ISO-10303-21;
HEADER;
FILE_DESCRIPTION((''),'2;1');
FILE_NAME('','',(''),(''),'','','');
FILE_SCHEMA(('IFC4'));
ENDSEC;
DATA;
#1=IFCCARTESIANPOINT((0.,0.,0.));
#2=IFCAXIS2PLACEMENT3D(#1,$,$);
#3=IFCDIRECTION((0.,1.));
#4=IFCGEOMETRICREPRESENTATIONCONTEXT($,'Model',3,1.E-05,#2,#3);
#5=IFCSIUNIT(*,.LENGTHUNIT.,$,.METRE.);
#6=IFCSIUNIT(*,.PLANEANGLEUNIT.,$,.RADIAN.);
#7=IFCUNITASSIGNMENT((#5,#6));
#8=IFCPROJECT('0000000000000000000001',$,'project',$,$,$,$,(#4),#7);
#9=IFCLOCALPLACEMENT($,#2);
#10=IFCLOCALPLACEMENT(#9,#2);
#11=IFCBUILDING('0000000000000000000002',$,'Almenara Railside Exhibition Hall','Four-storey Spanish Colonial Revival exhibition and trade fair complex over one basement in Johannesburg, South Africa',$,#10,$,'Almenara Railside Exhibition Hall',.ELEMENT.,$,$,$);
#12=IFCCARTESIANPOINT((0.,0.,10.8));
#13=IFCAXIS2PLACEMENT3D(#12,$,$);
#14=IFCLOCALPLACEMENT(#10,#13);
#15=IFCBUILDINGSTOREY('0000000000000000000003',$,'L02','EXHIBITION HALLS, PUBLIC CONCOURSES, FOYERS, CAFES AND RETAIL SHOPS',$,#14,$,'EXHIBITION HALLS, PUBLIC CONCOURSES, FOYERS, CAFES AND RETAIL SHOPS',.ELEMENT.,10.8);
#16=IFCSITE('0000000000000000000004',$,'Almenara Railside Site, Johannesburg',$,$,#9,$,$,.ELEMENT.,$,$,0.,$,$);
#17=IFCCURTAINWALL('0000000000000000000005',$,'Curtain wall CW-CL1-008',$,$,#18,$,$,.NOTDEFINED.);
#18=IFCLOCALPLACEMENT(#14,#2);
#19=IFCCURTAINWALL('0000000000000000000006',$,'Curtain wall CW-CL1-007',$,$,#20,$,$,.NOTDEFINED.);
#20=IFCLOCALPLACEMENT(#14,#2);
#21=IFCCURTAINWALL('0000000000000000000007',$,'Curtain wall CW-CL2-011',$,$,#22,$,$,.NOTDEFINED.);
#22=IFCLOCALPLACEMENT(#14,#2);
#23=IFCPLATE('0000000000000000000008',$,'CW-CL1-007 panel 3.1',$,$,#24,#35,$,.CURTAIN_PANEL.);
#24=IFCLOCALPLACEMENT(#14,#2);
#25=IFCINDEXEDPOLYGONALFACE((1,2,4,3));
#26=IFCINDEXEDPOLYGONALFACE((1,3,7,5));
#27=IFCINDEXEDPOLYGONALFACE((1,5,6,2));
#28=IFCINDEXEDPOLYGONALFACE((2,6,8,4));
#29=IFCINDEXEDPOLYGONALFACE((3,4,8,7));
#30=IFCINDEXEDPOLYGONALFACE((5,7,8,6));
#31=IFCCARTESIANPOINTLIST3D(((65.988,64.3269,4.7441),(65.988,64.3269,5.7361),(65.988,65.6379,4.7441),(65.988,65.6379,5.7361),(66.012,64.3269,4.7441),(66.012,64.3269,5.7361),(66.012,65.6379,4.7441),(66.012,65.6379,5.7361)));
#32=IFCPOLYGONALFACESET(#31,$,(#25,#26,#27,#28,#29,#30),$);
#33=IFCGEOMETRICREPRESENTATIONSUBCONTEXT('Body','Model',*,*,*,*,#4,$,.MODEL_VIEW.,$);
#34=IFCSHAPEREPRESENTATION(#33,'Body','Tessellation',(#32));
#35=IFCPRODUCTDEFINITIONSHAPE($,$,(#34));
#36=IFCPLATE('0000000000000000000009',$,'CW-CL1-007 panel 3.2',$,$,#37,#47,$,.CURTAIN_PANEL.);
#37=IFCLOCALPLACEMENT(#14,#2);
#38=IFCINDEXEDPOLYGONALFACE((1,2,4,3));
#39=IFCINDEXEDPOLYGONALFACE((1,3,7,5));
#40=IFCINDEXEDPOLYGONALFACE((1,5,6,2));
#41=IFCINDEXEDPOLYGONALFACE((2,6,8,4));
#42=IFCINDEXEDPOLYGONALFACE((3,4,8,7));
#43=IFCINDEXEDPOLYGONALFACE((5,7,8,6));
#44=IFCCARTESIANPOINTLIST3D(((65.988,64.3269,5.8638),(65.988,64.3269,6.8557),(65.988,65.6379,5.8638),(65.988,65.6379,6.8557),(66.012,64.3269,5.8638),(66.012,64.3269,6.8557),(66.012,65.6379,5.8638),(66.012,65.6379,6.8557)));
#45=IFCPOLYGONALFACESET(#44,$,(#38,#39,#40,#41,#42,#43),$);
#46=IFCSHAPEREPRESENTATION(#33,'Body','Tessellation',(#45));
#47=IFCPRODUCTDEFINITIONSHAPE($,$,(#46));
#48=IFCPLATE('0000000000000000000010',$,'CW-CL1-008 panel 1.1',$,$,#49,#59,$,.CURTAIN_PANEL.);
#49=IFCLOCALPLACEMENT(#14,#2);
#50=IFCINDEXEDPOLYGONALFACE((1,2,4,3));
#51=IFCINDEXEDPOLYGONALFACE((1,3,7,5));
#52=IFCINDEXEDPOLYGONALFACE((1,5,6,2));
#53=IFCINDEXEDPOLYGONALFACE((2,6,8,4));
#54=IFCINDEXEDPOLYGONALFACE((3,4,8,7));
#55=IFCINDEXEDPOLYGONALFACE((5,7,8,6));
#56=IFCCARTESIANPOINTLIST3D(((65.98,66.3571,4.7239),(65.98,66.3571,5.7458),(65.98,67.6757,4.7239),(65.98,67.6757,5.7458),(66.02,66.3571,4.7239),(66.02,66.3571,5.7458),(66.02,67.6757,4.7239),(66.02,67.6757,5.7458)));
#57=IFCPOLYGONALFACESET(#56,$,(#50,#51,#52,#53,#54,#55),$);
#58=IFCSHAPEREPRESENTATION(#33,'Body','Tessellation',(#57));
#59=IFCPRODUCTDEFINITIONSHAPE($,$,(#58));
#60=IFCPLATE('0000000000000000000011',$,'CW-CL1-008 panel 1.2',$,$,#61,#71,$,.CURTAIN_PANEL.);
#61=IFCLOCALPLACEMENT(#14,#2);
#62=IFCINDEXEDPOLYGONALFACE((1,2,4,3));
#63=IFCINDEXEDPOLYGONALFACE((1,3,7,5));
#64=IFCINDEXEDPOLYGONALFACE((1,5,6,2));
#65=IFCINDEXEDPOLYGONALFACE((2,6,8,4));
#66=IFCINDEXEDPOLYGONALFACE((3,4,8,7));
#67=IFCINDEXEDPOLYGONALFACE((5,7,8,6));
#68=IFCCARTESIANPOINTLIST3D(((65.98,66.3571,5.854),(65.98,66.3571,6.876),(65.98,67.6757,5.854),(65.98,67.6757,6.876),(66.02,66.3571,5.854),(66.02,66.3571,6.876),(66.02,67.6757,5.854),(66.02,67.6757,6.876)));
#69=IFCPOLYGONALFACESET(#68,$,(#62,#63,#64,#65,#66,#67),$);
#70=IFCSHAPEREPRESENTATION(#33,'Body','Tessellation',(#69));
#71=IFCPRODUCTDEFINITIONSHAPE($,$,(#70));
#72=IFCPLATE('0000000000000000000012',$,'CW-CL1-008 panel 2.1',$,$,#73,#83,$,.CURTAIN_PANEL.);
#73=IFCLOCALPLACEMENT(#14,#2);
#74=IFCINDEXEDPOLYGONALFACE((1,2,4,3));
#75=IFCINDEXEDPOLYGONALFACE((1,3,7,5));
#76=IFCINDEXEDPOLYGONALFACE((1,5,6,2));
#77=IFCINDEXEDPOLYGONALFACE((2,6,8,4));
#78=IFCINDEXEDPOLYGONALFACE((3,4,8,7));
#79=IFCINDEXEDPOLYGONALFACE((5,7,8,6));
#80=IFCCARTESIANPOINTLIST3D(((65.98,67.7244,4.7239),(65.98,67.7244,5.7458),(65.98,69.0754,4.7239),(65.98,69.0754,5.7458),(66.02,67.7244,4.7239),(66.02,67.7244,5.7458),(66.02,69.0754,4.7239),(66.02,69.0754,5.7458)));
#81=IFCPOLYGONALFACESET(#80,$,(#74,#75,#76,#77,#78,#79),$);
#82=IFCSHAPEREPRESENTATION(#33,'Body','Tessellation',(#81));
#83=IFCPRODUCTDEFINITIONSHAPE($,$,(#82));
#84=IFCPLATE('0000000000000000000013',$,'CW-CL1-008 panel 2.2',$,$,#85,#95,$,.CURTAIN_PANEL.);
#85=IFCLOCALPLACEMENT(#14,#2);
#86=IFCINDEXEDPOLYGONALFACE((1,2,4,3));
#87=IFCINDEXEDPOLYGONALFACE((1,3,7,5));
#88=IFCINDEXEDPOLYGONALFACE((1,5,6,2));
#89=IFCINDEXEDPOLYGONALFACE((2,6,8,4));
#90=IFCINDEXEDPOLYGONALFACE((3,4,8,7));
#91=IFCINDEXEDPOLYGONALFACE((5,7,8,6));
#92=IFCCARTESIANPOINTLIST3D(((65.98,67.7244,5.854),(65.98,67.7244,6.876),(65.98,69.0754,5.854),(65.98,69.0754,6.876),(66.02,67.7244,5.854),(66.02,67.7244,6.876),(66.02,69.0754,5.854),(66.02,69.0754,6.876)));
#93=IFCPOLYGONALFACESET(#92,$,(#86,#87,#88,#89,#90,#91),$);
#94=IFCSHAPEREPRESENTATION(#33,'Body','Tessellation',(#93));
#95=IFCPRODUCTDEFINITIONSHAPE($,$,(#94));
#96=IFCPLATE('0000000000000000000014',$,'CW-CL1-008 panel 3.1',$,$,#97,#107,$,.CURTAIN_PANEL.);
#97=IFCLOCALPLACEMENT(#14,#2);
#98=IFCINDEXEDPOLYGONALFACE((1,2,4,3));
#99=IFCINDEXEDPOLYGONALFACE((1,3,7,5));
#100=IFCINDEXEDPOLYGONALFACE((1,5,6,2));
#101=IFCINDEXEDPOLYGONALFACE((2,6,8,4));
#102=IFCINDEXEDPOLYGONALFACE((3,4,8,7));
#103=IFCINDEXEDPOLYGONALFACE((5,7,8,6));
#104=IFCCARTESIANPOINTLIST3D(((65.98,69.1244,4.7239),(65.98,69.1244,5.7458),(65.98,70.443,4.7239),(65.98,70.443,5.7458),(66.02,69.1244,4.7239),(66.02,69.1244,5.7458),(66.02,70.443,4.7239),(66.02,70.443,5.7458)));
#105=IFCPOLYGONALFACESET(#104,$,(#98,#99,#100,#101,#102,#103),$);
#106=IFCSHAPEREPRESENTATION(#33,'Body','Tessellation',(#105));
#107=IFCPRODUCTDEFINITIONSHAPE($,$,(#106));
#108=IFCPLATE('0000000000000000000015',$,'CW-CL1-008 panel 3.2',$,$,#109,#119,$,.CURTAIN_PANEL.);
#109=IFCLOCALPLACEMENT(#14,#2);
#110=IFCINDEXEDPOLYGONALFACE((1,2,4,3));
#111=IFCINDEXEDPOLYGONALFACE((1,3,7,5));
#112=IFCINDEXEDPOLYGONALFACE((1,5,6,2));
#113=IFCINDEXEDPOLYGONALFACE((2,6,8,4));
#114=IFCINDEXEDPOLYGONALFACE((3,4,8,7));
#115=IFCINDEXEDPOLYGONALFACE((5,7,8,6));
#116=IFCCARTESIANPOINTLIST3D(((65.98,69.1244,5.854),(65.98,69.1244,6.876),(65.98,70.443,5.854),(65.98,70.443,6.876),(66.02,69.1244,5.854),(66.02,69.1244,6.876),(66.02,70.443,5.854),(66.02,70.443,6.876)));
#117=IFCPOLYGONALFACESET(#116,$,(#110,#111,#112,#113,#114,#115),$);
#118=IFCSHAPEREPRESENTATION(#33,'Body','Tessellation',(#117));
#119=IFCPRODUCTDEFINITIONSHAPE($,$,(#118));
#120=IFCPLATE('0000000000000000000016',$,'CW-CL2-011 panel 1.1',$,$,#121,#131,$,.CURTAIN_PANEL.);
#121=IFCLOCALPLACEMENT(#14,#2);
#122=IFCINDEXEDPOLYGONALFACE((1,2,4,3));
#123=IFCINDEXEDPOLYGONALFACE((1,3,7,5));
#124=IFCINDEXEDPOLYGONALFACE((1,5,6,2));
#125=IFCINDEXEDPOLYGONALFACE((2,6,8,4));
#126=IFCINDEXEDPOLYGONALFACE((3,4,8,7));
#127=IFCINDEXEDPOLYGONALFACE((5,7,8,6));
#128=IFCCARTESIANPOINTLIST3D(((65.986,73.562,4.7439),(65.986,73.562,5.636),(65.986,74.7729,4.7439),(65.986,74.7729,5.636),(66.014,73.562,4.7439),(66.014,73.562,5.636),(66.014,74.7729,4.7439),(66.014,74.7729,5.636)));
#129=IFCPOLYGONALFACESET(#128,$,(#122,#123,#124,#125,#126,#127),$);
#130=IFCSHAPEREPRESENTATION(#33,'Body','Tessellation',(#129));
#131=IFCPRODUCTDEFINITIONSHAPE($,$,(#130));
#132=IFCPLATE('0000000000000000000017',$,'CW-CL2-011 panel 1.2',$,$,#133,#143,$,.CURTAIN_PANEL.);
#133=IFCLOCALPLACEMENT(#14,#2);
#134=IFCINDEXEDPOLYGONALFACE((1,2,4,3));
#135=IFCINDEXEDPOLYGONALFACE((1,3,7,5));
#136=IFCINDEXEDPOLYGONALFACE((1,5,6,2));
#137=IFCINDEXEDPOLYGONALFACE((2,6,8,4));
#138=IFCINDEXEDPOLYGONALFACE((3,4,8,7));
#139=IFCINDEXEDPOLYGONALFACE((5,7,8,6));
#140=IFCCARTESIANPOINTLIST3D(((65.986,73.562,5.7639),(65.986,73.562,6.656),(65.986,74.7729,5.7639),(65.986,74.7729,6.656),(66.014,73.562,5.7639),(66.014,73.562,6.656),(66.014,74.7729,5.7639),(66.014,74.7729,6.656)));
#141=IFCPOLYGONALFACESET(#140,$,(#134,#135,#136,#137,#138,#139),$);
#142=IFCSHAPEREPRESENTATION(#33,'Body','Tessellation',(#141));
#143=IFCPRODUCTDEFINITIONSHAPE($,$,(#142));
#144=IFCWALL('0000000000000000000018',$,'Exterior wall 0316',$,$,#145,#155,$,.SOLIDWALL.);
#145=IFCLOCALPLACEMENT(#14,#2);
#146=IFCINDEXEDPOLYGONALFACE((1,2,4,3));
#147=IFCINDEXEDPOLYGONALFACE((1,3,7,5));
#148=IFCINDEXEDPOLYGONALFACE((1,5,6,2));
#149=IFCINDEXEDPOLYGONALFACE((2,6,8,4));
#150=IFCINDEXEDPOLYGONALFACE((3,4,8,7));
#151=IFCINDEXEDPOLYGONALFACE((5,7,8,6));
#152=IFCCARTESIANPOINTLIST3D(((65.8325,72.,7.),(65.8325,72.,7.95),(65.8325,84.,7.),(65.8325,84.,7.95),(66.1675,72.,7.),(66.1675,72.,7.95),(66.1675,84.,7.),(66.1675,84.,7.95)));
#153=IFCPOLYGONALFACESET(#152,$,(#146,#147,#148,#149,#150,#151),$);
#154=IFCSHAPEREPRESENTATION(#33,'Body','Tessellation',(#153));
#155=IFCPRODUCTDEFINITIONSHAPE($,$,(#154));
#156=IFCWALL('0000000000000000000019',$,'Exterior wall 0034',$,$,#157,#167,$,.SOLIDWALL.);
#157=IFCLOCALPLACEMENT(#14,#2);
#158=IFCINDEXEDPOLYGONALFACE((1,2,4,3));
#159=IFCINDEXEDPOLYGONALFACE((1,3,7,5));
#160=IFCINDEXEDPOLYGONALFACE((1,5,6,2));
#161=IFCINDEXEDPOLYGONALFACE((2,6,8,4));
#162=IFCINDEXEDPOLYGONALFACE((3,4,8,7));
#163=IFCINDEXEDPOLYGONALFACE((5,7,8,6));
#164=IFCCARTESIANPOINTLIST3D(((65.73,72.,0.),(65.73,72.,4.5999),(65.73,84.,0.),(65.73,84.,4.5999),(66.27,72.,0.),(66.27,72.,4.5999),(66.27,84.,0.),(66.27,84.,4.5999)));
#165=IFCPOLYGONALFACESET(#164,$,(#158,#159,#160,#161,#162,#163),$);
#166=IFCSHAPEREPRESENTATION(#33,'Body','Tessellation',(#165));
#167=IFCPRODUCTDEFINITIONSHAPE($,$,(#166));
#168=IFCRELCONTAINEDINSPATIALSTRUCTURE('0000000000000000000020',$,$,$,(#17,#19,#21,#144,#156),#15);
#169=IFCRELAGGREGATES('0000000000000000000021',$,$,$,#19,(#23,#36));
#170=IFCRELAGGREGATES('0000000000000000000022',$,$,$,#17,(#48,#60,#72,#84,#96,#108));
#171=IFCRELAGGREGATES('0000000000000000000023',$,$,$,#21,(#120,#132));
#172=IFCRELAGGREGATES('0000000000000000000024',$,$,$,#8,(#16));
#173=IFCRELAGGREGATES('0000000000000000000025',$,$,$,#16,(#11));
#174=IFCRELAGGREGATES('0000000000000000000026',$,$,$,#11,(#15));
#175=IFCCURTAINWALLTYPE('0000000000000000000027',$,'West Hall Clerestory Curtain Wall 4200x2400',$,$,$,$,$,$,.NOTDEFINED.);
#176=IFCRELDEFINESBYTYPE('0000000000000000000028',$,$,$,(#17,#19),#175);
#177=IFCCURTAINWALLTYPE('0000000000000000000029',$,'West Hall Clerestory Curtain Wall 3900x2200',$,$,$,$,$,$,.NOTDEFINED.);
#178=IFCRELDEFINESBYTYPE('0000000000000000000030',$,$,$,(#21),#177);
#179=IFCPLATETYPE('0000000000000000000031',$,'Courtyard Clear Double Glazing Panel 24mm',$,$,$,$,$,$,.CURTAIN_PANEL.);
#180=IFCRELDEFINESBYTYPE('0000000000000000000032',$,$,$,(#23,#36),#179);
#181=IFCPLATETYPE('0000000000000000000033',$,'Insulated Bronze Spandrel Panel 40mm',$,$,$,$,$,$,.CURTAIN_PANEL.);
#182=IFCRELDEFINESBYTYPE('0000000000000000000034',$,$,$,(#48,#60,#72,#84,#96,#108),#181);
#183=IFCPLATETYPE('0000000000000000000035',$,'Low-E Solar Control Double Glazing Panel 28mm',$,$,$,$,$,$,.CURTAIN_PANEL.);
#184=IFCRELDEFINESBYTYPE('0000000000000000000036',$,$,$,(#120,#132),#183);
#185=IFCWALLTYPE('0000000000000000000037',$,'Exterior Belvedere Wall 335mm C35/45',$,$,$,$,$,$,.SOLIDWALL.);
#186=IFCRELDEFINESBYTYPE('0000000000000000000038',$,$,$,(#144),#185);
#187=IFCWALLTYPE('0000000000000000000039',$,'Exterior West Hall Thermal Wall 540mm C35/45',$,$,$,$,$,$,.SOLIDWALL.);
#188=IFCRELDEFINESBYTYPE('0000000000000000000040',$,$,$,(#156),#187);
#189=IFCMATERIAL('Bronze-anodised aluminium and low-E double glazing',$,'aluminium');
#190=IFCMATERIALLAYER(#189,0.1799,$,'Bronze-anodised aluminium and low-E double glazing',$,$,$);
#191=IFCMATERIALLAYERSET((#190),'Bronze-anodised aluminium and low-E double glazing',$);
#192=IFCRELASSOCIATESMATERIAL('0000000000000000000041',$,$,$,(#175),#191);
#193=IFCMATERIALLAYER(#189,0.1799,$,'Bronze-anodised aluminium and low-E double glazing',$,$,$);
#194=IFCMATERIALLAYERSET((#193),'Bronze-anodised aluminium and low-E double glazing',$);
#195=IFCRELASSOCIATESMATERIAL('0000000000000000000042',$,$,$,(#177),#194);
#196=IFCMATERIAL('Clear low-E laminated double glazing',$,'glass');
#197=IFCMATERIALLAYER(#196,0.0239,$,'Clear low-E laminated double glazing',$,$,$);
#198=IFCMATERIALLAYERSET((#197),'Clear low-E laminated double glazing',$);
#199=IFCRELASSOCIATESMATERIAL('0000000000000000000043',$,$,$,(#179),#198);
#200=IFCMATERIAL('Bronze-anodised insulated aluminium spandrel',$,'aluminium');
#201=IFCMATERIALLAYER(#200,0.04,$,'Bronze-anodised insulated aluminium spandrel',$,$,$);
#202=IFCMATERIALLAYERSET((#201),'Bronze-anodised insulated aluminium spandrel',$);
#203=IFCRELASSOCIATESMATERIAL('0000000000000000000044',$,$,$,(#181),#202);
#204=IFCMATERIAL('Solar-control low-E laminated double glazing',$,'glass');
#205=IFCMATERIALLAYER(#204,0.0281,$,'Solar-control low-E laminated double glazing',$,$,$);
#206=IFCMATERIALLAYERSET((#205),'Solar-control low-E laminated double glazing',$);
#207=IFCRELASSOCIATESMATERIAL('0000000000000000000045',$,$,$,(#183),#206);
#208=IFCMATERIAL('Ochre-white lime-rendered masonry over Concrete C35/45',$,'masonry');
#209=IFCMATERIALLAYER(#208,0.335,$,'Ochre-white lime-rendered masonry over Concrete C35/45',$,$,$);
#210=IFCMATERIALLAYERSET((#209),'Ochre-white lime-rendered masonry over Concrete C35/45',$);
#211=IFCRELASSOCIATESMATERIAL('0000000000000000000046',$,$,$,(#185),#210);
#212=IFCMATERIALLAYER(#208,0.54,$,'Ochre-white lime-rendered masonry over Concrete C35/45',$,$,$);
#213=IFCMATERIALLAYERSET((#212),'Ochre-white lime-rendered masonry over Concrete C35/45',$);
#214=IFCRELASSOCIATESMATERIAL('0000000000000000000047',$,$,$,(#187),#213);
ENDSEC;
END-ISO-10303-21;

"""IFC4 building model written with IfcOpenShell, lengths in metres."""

from ifc_helpers import new_model, si_unit, direction, frame, frame_2d, origin, origin_2d, place, context, subcontext, project, spatial, rectangle, extrude, material, layer, layer_set, type_object, element, aggregate, save


model = new_model("IFC4")

# Units and contexts
model_context = context("Model", 3, precision=1e-05, world=origin(), true_north=direction((0.0, 1.0)))
body_context = subcontext(model_context, "Body", "Model", "MODEL_VIEW")
ifc_project = project(units=[si_unit("LENGTHUNIT", "METRE"), si_unit("PLANEANGLEUNIT", "RADIAN")], contexts=[model_context])

# Site, building, storey
site_placement = place(None, origin())
site = spatial("IfcSite", under=ifc_project, at=site_placement, Name="Almenara Railside Site, Johannesburg", CompositionType="ELEMENT", RefElevation=0.0)
building_placement = place(site_placement, origin())
building = spatial("IfcBuilding", under=site, at=building_placement, Name="Almenara Railside Exhibition Hall", Description="Four-storey Spanish Colonial Revival exhibition and trade fair complex over one basement in Johannesburg, South Africa", LongName="Almenara Railside Exhibition Hall", CompositionType="ELEMENT")
storey_placement = place(building_placement, frame((0.0, 0.0, 10.8)))
storey = spatial("IfcBuildingStorey", under=building, at=storey_placement, Name="L02", Description="EXHIBITION HALLS, PUBLIC CONCOURSES, FOYERS, CAFES AND RETAIL SHOPS", LongName="EXHIBITION HALLS, PUBLIC CONCOURSES, FOYERS, CAFES AND RETAIL SHOPS", CompositionType="ELEMENT", Elevation=10.8)

# Curtain walls
ifc_material_1 = material(Name="Bronze-anodised aluminium and low-E double glazing", Category="aluminium")
ifc_layer_1 = layer(ifc_material_1, 0.1799, Name="Bronze-anodised aluminium and low-E double glazing")
ifc_layer_set_1 = layer_set([ifc_layer_1], Name="Bronze-anodised aluminium and low-E double glazing")
curtain_wall_type_1 = type_object("IfcCurtainWallType", Name="West Hall Clerestory Curtain Wall 4200x2400", PredefinedType="NOTDEFINED", material=ifc_layer_set_1)
curtain_wall_1_placement = place(storey_placement, origin())
curtain_wall_1 = element("IfcCurtainWall", 1, at=curtain_wall_1_placement, inside=storey, type_object=curtain_wall_type_1, Name="Curtain wall CW-CL1-008", PredefinedType="NOTDEFINED")
curtain_wall_2_placement = place(storey_placement, origin())
curtain_wall_2 = element("IfcCurtainWall", 2, at=curtain_wall_2_placement, inside=storey, type_object=curtain_wall_type_1, Name="Curtain wall CW-CL1-007", PredefinedType="NOTDEFINED")
ifc_layer_2 = layer(ifc_material_1, 0.1799, Name="Bronze-anodised aluminium and low-E double glazing")
ifc_layer_set_2 = layer_set([ifc_layer_2], Name="Bronze-anodised aluminium and low-E double glazing")
curtain_wall_type_2 = type_object("IfcCurtainWallType", Name="West Hall Clerestory Curtain Wall 3900x2200", PredefinedType="NOTDEFINED", material=ifc_layer_set_2)
curtain_wall_3_placement = place(storey_placement, origin())
curtain_wall_3 = element("IfcCurtainWall", 3, at=curtain_wall_3_placement, inside=storey, type_object=curtain_wall_type_2, Name="Curtain wall CW-CL2-011", PredefinedType="NOTDEFINED")

# Plates
ifc_material_2 = material(Name="Clear low-E laminated double glazing", Category="glass")
ifc_layer_3 = layer(ifc_material_2, 0.0239, Name="Clear low-E laminated double glazing")
ifc_layer_set_3 = layer_set([ifc_layer_3], Name="Clear low-E laminated double glazing")
plate_type_1 = type_object("IfcPlateType", Name="Courtyard Clear Double Glazing Panel 24mm", PredefinedType="CURTAIN_PANEL", material=ifc_layer_set_3)
plate_1_placement = place(storey_placement, frame((66.0, 64.9824, 4.7441), z_axis=(0.0, 0.0, 1.0), x_axis=(0.0, 1.0, 0.0)))
plate_1 = element("IfcPlate", 4, at=plate_1_placement, type_object=plate_type_1, Name="CW-CL1-007 panel 3.1", PredefinedType="CURTAIN_PANEL", context=body_context, shape_type="SweptSolid", body=[
    extrude(rectangle(XDim=1.311, YDim=0.0239, at=origin_2d()), origin(), (0.0, 0.0, 1.0), 0.9919),
])
plate_2_placement = place(storey_placement, frame((66.0, 64.9824, 5.8638), z_axis=(0.0, 0.0, 1.0), x_axis=(0.0, 1.0, 0.0)))
plate_2 = element("IfcPlate", 5, at=plate_2_placement, type_object=plate_type_1, Name="CW-CL1-007 panel 3.2", PredefinedType="CURTAIN_PANEL", context=body_context, shape_type="SweptSolid", body=[
    extrude(rectangle(XDim=1.311, YDim=0.0239, at=origin_2d()), origin(), (0.0, 0.0, 1.0), 0.9919),
])
aggregate(curtain_wall_2, [plate_1, plate_2])
ifc_material_3 = material(Name="Bronze-anodised insulated aluminium spandrel", Category="aluminium")
ifc_layer_4 = layer(ifc_material_3, 0.04, Name="Bronze-anodised insulated aluminium spandrel")
ifc_layer_set_4 = layer_set([ifc_layer_4], Name="Bronze-anodised insulated aluminium spandrel")
plate_type_2 = type_object("IfcPlateType", Name="Insulated Bronze Spandrel Panel 40mm", PredefinedType="CURTAIN_PANEL", material=ifc_layer_set_4)
plate_3_placement = place(storey_placement, frame((66.0, 67.0164, 4.7239), z_axis=(0.0, 0.0, 1.0), x_axis=(0.0, 1.0, 0.0)))
plate_3 = element("IfcPlate", 6, at=plate_3_placement, type_object=plate_type_2, Name="CW-CL1-008 panel 1.1", PredefinedType="CURTAIN_PANEL", context=body_context, shape_type="SweptSolid", body=[
    extrude(rectangle(XDim=1.3186, YDim=0.04, at=origin_2d()), origin(), (0.0, 0.0, 1.0), 1.022),
])
plate_4_placement = place(storey_placement, frame((66.0, 67.0164, 5.854), z_axis=(0.0, 0.0, 1.0), x_axis=(0.0, 1.0, 0.0)))
plate_4 = element("IfcPlate", 7, at=plate_4_placement, type_object=plate_type_2, Name="CW-CL1-008 panel 1.2", PredefinedType="CURTAIN_PANEL", context=body_context, shape_type="SweptSolid", body=[
    extrude(rectangle(XDim=1.3186, YDim=0.04, at=origin_2d()), origin(), (0.0, 0.0, 1.0), 1.022),
])
plate_5_placement = place(storey_placement, frame((66.0, 68.3999, 4.7239), z_axis=(0.0, 0.0, 1.0), x_axis=(0.0, 1.0, 0.0)))
plate_5 = element("IfcPlate", 8, at=plate_5_placement, type_object=plate_type_2, Name="CW-CL1-008 panel 2.1", PredefinedType="CURTAIN_PANEL", context=body_context, shape_type="SweptSolid", body=[
    extrude(rectangle(XDim=1.3511, YDim=0.04, at=origin_2d()), origin(), (0.0, 0.0, 1.0), 1.022),
])
plate_6_placement = place(storey_placement, frame((66.0, 68.3999, 5.854), z_axis=(0.0, 0.0, 1.0), x_axis=(0.0, 1.0, 0.0)))
plate_6 = element("IfcPlate", 9, at=plate_6_placement, type_object=plate_type_2, Name="CW-CL1-008 panel 2.2", PredefinedType="CURTAIN_PANEL", context=body_context, shape_type="SweptSolid", body=[
    extrude(rectangle(XDim=1.3511, YDim=0.04, at=origin_2d()), origin(), (0.0, 0.0, 1.0), 1.022),
])
plate_7_placement = place(storey_placement, frame((66.0, 69.7837, 4.7239), z_axis=(0.0, 0.0, 1.0), x_axis=(0.0, 1.0, 0.0)))
plate_7 = element("IfcPlate", 10, at=plate_7_placement, type_object=plate_type_2, Name="CW-CL1-008 panel 3.1", PredefinedType="CURTAIN_PANEL", context=body_context, shape_type="SweptSolid", body=[
    extrude(rectangle(XDim=1.3186, YDim=0.04, at=origin_2d()), origin(), (0.0, 0.0, 1.0), 1.022),
])
plate_8_placement = place(storey_placement, frame((66.0, 69.7837, 5.854), z_axis=(0.0, 0.0, 1.0), x_axis=(0.0, 1.0, 0.0)))
plate_8 = element("IfcPlate", 11, at=plate_8_placement, type_object=plate_type_2, Name="CW-CL1-008 panel 3.2", PredefinedType="CURTAIN_PANEL", context=body_context, shape_type="SweptSolid", body=[
    extrude(rectangle(XDim=1.3186, YDim=0.04, at=origin_2d()), origin(), (0.0, 0.0, 1.0), 1.022),
])
aggregate(curtain_wall_1, [plate_3, plate_4, plate_5, plate_6, plate_7, plate_8])
ifc_material_4 = material(Name="Solar-control low-E laminated double glazing", Category="glass")
ifc_layer_5 = layer(ifc_material_4, 0.0281, Name="Solar-control low-E laminated double glazing")
ifc_layer_set_5 = layer_set([ifc_layer_5], Name="Solar-control low-E laminated double glazing")
plate_type_3 = type_object("IfcPlateType", Name="Low-E Solar Control Double Glazing Panel 28mm", PredefinedType="CURTAIN_PANEL", material=ifc_layer_set_5)
plate_9_placement = place(storey_placement, frame((66.0, 74.1675, 4.7439), z_axis=(0.0, 0.0, 1.0), x_axis=(0.0, 1.0, 0.0)))
plate_9 = element("IfcPlate", 12, at=plate_9_placement, type_object=plate_type_3, Name="CW-CL2-011 panel 1.1", PredefinedType="CURTAIN_PANEL", context=body_context, shape_type="SweptSolid", body=[
    extrude(rectangle(XDim=1.2109, YDim=0.0281, at=origin_2d()), origin(), (0.0, 0.0, 1.0), 0.8921),
])
plate_10_placement = place(storey_placement, frame((66.0, 74.1675, 5.7639), z_axis=(0.0, 0.0, 1.0), x_axis=(0.0, 1.0, 0.0)))
plate_10 = element("IfcPlate", 13, at=plate_10_placement, type_object=plate_type_3, Name="CW-CL2-011 panel 1.2", PredefinedType="CURTAIN_PANEL", context=body_context, shape_type="SweptSolid", body=[
    extrude(rectangle(XDim=1.2109, YDim=0.0281, at=origin_2d()), origin(), (0.0, 0.0, 1.0), 0.8921),
])
aggregate(curtain_wall_3, [plate_9, plate_10])

# Walls
ifc_material_5 = material(Name="Ochre-white lime-rendered masonry over Concrete C35/45", Category="masonry")
ifc_layer_6 = layer(ifc_material_5, 0.335, Name="Ochre-white lime-rendered masonry over Concrete C35/45")
ifc_layer_set_6 = layer_set([ifc_layer_6], Name="Ochre-white lime-rendered masonry over Concrete C35/45")
wall_type_1 = type_object("IfcWallType", Name="Exterior Belvedere Wall 335mm C35/45", PredefinedType="SOLIDWALL", material=ifc_layer_set_6)
wall_1_placement = place(storey_placement, frame((66.0, 72.0, 7.0), z_axis=(0.0, 0.0, 1.0), x_axis=(0.0, 1.0, 0.0)))
element("IfcWall", 14, at=wall_1_placement, inside=storey, type_object=wall_type_1, Name="Exterior wall 0316", PredefinedType="SOLIDWALL", context=body_context, shape_type="SweptSolid", body=[
    extrude(rectangle(XDim=12.0, YDim=0.335, at=frame_2d((6.0, 0.0))), origin(), (0.0, 0.0, 1.0), 0.95),
])
ifc_layer_7 = layer(ifc_material_5, 0.54, Name="Ochre-white lime-rendered masonry over Concrete C35/45")
ifc_layer_set_7 = layer_set([ifc_layer_7], Name="Ochre-white lime-rendered masonry over Concrete C35/45")
wall_type_2 = type_object("IfcWallType", Name="Exterior West Hall Thermal Wall 540mm C35/45", PredefinedType="SOLIDWALL", material=ifc_layer_set_7)
wall_2_placement = place(storey_placement, frame((66.0, 72.0, 0.0), z_axis=(0.0, 0.0, 1.0), x_axis=(0.0, 1.0, 0.0)))
element("IfcWall", 15, at=wall_2_placement, inside=storey, type_object=wall_type_2, Name="Exterior wall 0034", PredefinedType="SOLIDWALL", context=body_context, shape_type="SweptSolid", body=[
    extrude(rectangle(XDim=12.0, YDim=0.54, at=frame_2d((6.0, 0.0))), origin(), (0.0, 0.0, 1.0), 4.5999),
])

save(model, "model.ifc")
